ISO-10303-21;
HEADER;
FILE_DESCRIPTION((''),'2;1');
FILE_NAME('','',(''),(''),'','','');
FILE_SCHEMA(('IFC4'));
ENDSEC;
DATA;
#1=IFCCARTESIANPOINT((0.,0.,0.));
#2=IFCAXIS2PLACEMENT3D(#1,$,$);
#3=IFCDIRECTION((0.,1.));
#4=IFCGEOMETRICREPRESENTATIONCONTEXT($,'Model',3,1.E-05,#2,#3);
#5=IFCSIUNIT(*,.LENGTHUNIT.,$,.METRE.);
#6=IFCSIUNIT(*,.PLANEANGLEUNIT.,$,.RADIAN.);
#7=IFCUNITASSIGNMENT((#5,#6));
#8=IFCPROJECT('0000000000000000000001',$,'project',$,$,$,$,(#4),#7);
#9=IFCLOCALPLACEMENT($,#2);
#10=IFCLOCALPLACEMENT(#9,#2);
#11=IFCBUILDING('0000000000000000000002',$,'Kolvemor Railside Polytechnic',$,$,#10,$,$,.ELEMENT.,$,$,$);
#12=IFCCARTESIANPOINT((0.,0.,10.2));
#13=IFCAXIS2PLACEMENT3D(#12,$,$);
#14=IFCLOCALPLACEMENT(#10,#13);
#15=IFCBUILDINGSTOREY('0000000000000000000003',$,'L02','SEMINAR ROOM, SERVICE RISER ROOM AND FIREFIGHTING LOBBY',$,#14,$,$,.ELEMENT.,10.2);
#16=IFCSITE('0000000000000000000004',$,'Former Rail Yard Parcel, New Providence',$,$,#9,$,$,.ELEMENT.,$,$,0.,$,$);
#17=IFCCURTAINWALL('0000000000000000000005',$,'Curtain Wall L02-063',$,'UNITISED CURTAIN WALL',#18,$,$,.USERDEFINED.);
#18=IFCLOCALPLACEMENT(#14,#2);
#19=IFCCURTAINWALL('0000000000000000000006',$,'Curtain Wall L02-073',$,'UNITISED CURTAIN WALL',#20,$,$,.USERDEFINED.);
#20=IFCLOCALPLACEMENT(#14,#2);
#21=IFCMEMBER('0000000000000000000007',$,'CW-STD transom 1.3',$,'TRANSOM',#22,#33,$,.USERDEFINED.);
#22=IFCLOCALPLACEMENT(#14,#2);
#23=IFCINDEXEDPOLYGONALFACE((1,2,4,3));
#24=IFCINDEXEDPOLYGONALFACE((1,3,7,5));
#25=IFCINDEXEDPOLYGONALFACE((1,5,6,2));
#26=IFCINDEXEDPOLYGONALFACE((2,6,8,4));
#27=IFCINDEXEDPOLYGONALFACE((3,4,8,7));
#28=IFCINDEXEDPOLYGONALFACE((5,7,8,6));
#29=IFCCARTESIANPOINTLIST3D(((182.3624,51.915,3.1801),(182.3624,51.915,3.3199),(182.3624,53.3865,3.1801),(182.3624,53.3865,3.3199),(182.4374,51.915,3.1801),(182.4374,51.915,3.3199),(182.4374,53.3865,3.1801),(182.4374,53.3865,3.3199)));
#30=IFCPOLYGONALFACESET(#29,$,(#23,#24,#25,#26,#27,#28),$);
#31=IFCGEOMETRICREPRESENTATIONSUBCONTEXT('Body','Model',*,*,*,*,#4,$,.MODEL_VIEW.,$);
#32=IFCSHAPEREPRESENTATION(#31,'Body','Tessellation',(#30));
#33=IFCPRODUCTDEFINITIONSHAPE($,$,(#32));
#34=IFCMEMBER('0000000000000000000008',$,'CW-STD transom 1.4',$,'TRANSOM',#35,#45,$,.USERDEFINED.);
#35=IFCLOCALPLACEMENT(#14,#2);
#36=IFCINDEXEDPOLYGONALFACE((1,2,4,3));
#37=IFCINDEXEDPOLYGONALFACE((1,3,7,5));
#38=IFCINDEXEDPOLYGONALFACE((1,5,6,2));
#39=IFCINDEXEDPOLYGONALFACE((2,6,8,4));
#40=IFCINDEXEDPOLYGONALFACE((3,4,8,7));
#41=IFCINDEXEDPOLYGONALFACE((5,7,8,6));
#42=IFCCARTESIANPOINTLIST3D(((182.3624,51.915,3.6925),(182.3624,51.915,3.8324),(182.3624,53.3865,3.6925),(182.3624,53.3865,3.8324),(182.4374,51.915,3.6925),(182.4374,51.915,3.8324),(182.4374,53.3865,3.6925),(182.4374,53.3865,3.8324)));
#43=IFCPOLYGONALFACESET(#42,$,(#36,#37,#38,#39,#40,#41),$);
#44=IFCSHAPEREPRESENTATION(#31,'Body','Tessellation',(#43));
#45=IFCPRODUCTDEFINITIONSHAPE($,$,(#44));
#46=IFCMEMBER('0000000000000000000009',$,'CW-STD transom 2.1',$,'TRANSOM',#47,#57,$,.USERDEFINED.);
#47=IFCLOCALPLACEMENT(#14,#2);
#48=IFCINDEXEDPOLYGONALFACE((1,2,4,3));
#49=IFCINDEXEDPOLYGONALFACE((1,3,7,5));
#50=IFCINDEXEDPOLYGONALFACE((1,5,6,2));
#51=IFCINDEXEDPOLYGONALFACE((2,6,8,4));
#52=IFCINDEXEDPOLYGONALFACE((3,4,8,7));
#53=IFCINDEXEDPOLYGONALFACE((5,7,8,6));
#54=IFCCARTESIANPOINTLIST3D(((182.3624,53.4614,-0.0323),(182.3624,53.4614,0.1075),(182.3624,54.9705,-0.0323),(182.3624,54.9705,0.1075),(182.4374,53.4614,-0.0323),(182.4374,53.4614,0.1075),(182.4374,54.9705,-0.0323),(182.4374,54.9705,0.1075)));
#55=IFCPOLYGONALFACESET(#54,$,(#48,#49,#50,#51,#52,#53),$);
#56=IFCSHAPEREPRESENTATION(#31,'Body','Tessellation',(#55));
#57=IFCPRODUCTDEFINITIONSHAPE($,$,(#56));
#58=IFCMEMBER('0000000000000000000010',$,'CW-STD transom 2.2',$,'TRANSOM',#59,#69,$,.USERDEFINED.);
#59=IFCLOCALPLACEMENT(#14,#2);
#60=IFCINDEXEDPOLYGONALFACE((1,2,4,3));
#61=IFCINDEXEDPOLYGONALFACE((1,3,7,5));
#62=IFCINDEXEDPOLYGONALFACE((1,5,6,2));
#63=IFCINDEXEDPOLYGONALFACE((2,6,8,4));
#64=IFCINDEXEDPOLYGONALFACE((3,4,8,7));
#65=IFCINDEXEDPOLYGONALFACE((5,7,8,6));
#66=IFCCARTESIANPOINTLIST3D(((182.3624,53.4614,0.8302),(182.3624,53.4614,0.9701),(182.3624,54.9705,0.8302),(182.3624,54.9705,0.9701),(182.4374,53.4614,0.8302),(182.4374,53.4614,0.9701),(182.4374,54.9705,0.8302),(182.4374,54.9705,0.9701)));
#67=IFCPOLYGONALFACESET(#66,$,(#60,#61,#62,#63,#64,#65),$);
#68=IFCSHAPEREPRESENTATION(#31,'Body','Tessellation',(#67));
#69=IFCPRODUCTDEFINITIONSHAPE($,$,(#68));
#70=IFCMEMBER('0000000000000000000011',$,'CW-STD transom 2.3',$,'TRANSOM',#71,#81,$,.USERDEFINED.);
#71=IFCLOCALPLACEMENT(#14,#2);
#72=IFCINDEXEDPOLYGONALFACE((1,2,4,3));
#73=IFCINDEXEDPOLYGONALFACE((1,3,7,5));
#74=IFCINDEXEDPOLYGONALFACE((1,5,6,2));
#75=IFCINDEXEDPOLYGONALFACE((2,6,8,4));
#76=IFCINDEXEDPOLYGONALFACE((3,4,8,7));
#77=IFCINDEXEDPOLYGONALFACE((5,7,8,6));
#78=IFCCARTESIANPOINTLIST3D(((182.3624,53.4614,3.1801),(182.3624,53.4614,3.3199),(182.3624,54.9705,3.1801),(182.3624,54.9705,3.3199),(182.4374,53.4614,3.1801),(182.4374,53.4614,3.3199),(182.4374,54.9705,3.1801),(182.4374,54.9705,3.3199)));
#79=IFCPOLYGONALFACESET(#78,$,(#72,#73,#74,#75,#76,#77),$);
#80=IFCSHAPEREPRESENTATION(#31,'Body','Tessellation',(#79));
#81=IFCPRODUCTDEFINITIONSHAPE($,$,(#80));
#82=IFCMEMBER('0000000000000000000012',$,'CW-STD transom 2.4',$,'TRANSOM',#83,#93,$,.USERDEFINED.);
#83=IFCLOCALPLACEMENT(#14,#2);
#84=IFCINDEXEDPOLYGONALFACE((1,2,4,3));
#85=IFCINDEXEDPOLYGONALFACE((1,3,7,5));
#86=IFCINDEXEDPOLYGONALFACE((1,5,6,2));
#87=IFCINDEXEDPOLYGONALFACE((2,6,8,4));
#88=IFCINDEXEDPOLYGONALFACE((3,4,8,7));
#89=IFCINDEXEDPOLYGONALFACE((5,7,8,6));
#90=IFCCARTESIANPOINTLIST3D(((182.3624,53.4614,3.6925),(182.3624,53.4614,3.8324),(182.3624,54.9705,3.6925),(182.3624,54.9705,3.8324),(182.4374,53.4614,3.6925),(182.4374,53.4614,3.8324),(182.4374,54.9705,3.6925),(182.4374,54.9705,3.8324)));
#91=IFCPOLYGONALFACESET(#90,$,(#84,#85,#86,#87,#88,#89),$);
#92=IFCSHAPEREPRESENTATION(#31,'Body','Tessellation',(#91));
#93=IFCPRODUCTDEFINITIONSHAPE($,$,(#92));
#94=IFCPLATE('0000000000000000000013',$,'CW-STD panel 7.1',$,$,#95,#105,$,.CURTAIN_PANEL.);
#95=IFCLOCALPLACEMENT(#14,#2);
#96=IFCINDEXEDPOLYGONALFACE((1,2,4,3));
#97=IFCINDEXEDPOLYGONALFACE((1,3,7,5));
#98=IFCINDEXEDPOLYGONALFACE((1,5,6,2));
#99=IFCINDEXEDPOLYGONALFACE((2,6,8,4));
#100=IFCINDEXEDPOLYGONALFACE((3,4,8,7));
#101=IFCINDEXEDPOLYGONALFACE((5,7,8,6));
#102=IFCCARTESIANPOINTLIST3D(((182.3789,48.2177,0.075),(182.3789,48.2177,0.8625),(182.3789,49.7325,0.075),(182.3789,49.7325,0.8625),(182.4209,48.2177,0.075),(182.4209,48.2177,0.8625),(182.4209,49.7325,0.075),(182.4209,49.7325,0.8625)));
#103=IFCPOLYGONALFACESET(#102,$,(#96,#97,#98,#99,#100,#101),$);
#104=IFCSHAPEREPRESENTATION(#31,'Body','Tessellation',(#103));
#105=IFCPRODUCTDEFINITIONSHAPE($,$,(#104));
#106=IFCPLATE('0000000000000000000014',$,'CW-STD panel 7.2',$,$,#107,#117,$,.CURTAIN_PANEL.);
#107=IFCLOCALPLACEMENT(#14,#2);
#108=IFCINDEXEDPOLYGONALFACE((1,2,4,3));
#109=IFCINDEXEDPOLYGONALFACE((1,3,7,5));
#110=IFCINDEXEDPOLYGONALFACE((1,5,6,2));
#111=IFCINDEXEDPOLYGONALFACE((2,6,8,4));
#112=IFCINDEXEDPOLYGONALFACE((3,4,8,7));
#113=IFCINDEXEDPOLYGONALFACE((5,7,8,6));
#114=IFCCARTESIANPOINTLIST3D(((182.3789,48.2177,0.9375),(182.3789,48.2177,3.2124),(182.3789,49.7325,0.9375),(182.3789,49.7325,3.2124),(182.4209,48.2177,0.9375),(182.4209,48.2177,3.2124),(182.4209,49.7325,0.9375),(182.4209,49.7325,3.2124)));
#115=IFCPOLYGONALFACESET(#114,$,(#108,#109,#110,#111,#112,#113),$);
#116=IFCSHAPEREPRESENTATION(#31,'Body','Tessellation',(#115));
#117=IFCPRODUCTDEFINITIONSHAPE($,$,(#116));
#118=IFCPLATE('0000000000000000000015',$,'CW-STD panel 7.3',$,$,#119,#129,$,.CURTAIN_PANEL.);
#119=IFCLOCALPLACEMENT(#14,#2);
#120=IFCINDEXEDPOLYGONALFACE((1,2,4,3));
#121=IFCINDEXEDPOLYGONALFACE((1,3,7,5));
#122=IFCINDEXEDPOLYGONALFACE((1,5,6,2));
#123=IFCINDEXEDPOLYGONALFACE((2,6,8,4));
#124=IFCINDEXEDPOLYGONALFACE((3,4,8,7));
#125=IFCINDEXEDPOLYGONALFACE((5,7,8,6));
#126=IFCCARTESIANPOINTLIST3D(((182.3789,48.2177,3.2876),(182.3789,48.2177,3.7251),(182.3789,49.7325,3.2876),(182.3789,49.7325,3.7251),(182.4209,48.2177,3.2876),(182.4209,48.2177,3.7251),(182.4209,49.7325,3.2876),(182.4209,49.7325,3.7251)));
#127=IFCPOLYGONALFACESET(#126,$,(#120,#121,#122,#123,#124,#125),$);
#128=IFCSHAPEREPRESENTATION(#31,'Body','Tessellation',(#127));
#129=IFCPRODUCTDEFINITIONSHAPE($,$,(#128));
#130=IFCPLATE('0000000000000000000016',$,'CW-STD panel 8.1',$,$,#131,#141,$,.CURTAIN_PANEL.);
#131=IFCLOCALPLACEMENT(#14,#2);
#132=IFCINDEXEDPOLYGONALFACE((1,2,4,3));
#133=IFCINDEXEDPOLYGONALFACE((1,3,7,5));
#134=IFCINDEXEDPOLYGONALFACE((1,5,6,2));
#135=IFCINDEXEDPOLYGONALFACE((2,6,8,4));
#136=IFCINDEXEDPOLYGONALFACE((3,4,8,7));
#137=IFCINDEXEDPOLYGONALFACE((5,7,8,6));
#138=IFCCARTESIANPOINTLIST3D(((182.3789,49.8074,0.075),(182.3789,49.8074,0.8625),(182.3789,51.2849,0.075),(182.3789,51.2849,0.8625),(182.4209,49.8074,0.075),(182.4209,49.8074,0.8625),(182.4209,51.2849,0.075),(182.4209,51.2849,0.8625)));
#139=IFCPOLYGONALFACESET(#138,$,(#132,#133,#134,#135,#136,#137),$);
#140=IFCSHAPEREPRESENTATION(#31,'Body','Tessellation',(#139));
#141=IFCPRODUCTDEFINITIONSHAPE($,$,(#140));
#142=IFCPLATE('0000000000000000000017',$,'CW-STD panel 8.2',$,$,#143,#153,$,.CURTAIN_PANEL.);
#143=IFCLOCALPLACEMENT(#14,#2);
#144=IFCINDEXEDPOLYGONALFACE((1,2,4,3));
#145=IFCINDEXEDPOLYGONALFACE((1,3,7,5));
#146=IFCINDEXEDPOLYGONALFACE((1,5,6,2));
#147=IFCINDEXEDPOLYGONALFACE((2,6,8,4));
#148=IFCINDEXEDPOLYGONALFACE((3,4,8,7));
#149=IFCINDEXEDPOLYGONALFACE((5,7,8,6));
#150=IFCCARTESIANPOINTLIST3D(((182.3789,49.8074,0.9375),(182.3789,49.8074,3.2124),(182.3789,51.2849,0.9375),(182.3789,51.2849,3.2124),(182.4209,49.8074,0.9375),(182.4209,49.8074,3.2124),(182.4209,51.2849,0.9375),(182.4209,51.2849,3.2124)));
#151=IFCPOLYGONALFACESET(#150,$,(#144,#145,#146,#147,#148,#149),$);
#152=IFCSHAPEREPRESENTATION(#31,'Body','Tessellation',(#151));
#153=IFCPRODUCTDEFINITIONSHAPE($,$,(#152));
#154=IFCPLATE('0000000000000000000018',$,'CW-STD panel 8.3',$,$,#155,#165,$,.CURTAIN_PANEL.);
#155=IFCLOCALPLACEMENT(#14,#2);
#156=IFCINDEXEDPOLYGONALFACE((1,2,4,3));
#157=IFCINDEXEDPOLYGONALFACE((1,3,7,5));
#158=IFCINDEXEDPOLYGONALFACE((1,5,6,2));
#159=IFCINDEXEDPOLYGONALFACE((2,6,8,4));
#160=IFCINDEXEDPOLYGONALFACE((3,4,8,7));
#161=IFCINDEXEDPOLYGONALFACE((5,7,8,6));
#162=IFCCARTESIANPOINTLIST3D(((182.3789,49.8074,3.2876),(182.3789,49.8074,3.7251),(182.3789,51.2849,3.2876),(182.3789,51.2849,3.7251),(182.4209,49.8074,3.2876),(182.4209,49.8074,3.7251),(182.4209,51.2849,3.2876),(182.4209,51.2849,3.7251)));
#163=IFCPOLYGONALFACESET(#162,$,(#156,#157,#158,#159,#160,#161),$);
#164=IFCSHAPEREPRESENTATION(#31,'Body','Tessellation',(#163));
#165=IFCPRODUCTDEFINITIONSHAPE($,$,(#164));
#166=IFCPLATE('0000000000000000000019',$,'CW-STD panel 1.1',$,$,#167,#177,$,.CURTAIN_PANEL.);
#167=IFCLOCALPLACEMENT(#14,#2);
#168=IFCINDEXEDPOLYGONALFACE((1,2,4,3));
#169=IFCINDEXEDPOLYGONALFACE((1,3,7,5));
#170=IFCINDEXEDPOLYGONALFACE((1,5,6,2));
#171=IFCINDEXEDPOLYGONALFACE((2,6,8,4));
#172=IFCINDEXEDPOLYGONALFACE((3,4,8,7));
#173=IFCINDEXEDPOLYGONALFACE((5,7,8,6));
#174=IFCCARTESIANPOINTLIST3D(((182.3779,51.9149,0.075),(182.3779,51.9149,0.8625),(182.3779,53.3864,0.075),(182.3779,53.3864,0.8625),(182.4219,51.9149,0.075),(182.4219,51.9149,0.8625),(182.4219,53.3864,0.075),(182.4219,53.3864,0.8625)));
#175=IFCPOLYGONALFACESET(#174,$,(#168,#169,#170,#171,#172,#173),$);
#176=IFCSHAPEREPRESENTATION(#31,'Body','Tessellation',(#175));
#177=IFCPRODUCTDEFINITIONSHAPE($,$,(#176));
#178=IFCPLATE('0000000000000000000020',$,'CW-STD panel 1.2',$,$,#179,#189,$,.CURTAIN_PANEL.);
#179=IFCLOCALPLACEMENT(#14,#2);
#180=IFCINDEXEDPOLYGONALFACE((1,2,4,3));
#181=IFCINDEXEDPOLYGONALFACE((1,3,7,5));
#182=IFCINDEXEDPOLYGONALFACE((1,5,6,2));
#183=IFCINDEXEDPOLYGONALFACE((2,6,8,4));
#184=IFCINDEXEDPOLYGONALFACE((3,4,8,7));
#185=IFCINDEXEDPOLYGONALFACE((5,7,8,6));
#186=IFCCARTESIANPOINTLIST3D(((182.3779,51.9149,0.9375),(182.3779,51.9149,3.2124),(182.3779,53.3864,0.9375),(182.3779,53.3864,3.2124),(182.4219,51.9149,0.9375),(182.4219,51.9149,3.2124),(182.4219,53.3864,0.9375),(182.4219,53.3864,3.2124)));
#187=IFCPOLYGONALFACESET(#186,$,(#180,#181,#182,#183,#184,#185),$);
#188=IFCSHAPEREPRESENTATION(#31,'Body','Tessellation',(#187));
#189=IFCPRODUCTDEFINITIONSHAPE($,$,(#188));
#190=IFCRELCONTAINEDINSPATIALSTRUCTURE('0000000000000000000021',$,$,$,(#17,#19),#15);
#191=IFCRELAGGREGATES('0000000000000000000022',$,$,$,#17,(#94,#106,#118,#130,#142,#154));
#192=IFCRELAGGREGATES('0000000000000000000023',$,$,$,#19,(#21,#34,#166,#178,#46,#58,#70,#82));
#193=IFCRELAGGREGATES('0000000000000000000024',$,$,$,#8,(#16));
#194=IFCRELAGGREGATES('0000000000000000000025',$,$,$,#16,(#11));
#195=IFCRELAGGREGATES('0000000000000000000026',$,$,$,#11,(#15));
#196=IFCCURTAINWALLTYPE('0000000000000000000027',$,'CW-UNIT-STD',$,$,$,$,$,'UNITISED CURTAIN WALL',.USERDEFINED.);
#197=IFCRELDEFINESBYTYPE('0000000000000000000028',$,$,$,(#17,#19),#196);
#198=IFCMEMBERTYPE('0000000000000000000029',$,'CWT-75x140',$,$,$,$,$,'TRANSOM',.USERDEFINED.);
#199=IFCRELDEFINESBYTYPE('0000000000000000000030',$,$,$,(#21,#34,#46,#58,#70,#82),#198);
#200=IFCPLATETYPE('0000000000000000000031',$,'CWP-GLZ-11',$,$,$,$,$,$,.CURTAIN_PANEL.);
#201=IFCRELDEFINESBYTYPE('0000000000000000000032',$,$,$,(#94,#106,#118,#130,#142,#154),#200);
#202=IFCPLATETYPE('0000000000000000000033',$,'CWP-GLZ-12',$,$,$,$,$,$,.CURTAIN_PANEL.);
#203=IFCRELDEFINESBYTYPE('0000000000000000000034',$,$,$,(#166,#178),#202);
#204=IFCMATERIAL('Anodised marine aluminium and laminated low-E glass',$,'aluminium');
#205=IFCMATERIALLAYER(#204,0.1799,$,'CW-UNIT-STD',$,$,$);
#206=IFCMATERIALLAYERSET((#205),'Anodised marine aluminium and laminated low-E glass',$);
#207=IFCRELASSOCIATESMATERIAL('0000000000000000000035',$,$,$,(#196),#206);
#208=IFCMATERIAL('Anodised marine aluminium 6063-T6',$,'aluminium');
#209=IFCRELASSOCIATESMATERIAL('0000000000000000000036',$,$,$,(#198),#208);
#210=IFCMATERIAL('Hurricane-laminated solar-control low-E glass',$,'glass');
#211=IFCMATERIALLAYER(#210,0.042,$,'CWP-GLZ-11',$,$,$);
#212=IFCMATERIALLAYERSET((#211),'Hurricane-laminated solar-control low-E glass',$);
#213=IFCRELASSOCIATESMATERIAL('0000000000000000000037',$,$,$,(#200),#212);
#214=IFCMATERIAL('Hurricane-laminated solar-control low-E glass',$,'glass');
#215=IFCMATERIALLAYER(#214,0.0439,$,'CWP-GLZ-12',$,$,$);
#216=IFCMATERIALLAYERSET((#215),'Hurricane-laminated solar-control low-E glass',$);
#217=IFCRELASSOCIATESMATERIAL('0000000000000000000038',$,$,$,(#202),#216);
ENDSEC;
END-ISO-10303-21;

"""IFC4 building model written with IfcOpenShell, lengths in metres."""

from ifc_helpers import new_model, si_unit, direction, frame, origin, origin_2d, place, context, subcontext, project, spatial, rectangle, extrude, material, layer, layer_set, material_profile, profile_set, type_object, element, aggregate, save


model = new_model("IFC4")

# Units and contexts
model_context = context("Model", 3, precision=1e-05, world=origin(), true_north=direction((0.0, 1.0)))
body_context = subcontext(model_context, "Body", "Model", "MODEL_VIEW")
ifc_project = project(units=[si_unit("LENGTHUNIT", "METRE"), si_unit("PLANEANGLEUNIT", "RADIAN")], contexts=[model_context])

# Site, building, storey
site_placement = place(None, origin())
site = spatial("IfcSite", under=ifc_project, at=site_placement, Name="Former Rail Yard Parcel, New Providence", CompositionType="ELEMENT", RefElevation=0.0)
building_placement = place(site_placement, origin())
building = spatial("IfcBuilding", under=site, at=building_placement, Name="Kolvemor Railside Polytechnic", CompositionType="ELEMENT")
storey_placement = place(building_placement, frame((0.0, 0.0, 10.2)))
storey = spatial("IfcBuildingStorey", under=building, at=storey_placement, Name="L02", Description="SEMINAR ROOM, SERVICE RISER ROOM AND FIREFIGHTING LOBBY", CompositionType="ELEMENT", Elevation=10.2)

# Curtain walls
ifc_material_1 = material(Name="Anodised marine aluminium and laminated low-E glass", Category="aluminium")
ifc_layer_1 = layer(ifc_material_1, 0.1799, Name="CW-UNIT-STD")
ifc_layer_set_1 = layer_set([ifc_layer_1], Name="Anodised marine aluminium and laminated low-E glass")
curtain_wall_type = type_object("IfcCurtainWallType", Name="CW-UNIT-STD", ElementType="UNITISED CURTAIN WALL", PredefinedType="USERDEFINED", material=ifc_layer_set_1)
curtain_wall_1_placement = place(storey_placement, origin())
curtain_wall_1 = element("IfcCurtainWall", 1, at=curtain_wall_1_placement, inside=storey, type_object=curtain_wall_type, Name="Curtain Wall L02-063", ObjectType="UNITISED CURTAIN WALL", PredefinedType="USERDEFINED")
curtain_wall_2_placement = place(storey_placement, origin())
curtain_wall_2 = element("IfcCurtainWall", 2, at=curtain_wall_2_placement, inside=storey, type_object=curtain_wall_type, Name="Curtain Wall L02-073", ObjectType="UNITISED CURTAIN WALL", PredefinedType="USERDEFINED")

# Members
ifc_material_2 = material(Name="Anodised marine aluminium 6063-T6", Category="aluminium")
ifc_material_profile_1 = material_profile(ifc_material_2, rectangle(XDim=0.075, YDim=0.1399, at=origin_2d()), Name="CW-TRN-75x140")
ifc_profile_set_1 = profile_set([ifc_material_profile_1], Name="Anodised marine aluminium 6063-T6")
member_type_1 = type_object("IfcMemberType", Name="CWT-75x140", ElementType="TRANSOM", PredefinedType="USERDEFINED", material=ifc_profile_set_1)
member_1_placement = place(storey_placement, frame((182.3999, 51.915, 3.25), z_axis=(0.0, 1.0, 0.0), x_axis=(-1.0, 0.0, 0.0)))
member_1 = element("IfcMember", 3, at=member_1_placement, type_object=member_type_1, Name="CW-STD transom 1.3", ObjectType="TRANSOM", PredefinedType="USERDEFINED", context=body_context, shape_type="SweptSolid", body=[
    extrude(rectangle(XDim=0.075, YDim=0.1399, at=origin_2d()), origin(), (0.0, 0.0, 1.0), 1.4714),
])
member_2_placement = place(storey_placement, frame((182.3999, 51.915, 3.7625), z_axis=(0.0, 1.0, 0.0), x_axis=(-1.0, 0.0, 0.0)))
member_2 = element("IfcMember", 4, at=member_2_placement, type_object=member_type_1, Name="CW-STD transom 1.4", ObjectType="TRANSOM", PredefinedType="USERDEFINED", context=body_context, shape_type="SweptSolid", body=[
    extrude(rectangle(XDim=0.075, YDim=0.1399, at=origin_2d()), origin(), (0.0, 0.0, 1.0), 1.4714),
])
member_3_placement = place(storey_placement, frame((182.3999, 53.4614, 0.0376), z_axis=(0.0, 1.0, 0.0), x_axis=(-1.0, 0.0, 0.0)))
member_3 = element("IfcMember", 5, at=member_3_placement, type_object=member_type_1, Name="CW-STD transom 2.1", ObjectType="TRANSOM", PredefinedType="USERDEFINED", context=body_context, shape_type="SweptSolid", body=[
    extrude(rectangle(XDim=0.075, YDim=0.1399, at=origin_2d()), origin(), (0.0, 0.0, 1.0), 1.509),
])
member_4_placement = place(storey_placement, frame((182.3999, 53.4614, 0.9001), z_axis=(0.0, 1.0, 0.0), x_axis=(-1.0, 0.0, 0.0)))
member_4 = element("IfcMember", 6, at=member_4_placement, type_object=member_type_1, Name="CW-STD transom 2.2", ObjectType="TRANSOM", PredefinedType="USERDEFINED", context=body_context, shape_type="SweptSolid", body=[
    extrude(rectangle(XDim=0.075, YDim=0.1399, at=origin_2d()), origin(), (0.0, 0.0, 1.0), 1.509),
])
member_5_placement = place(storey_placement, frame((182.3999, 53.4614, 3.25), z_axis=(0.0, 1.0, 0.0), x_axis=(-1.0, 0.0, 0.0)))
member_5 = element("IfcMember", 7, at=member_5_placement, type_object=member_type_1, Name="CW-STD transom 2.3", ObjectType="TRANSOM", PredefinedType="USERDEFINED", context=body_context, shape_type="SweptSolid", body=[
    extrude(rectangle(XDim=0.075, YDim=0.1399, at=origin_2d()), origin(), (0.0, 0.0, 1.0), 1.509),
])
member_6_placement = place(storey_placement, frame((182.3999, 53.4614, 3.7625), z_axis=(0.0, 1.0, 0.0), x_axis=(-1.0, 0.0, 0.0)))
member_6 = element("IfcMember", 8, at=member_6_placement, type_object=member_type_1, Name="CW-STD transom 2.4", ObjectType="TRANSOM", PredefinedType="USERDEFINED", context=body_context, shape_type="SweptSolid", body=[
    extrude(rectangle(XDim=0.075, YDim=0.1399, at=origin_2d()), origin(), (0.0, 0.0, 1.0), 1.509),
])

# Plates
ifc_material_3 = material(Name="Hurricane-laminated solar-control low-E glass", Category="glass")
ifc_layer_2 = layer(ifc_material_3, 0.042, Name="CWP-GLZ-11")
ifc_layer_set_2 = layer_set([ifc_layer_2], Name="Hurricane-laminated solar-control low-E glass")
plate_type_1 = type_object("IfcPlateType", Name="CWP-GLZ-11", PredefinedType="CURTAIN_PANEL", material=ifc_layer_set_2)
plate_1_placement = place(storey_placement, frame((182.3999, 48.9751, 0.075), z_axis=(0.0, 0.0, 1.0), x_axis=(0.0, 1.0, 0.0)))
plate_1 = element("IfcPlate", 9, at=plate_1_placement, type_object=plate_type_1, Name="CW-STD panel 7.1", PredefinedType="CURTAIN_PANEL", context=body_context, shape_type="SweptSolid", body=[
    extrude(rectangle(XDim=1.5149, YDim=0.042, at=origin_2d()), origin(), (0.0, 0.0, 1.0), 0.7876),
])
plate_2_placement = place(storey_placement, frame((182.3999, 48.9751, 0.9375), z_axis=(0.0, 0.0, 1.0), x_axis=(0.0, 1.0, 0.0)))
plate_2 = element("IfcPlate", 10, at=plate_2_placement, type_object=plate_type_1, Name="CW-STD panel 7.2", PredefinedType="CURTAIN_PANEL", context=body_context, shape_type="SweptSolid", body=[
    extrude(rectangle(XDim=1.5149, YDim=0.042, at=origin_2d()), origin(), (0.0, 0.0, 1.0), 2.2749),
])
plate_3_placement = place(storey_placement, frame((182.3999, 48.9751, 3.2876), z_axis=(0.0, 0.0, 1.0), x_axis=(0.0, 1.0, 0.0)))
plate_3 = element("IfcPlate", 11, at=plate_3_placement, type_object=plate_type_1, Name="CW-STD panel 7.3", PredefinedType="CURTAIN_PANEL", context=body_context, shape_type="SweptSolid", body=[
    extrude(rectangle(XDim=1.5149, YDim=0.042, at=origin_2d()), origin(), (0.0, 0.0, 1.0), 0.4375),
])
plate_4_placement = place(storey_placement, frame((182.3999, 50.5461, 0.075), z_axis=(0.0, 0.0, 1.0), x_axis=(0.0, 1.0, 0.0)))
plate_4 = element("IfcPlate", 12, at=plate_4_placement, type_object=plate_type_1, Name="CW-STD panel 8.1", PredefinedType="CURTAIN_PANEL", context=body_context, shape_type="SweptSolid", body=[
    extrude(rectangle(XDim=1.4775, YDim=0.042, at=origin_2d()), origin(), (0.0, 0.0, 1.0), 0.7876),
])
plate_5_placement = place(storey_placement, frame((182.3999, 50.5461, 0.9375), z_axis=(0.0, 0.0, 1.0), x_axis=(0.0, 1.0, 0.0)))
plate_5 = element("IfcPlate", 13, at=plate_5_placement, type_object=plate_type_1, Name="CW-STD panel 8.2", PredefinedType="CURTAIN_PANEL", context=body_context, shape_type="SweptSolid", body=[
    extrude(rectangle(XDim=1.4775, YDim=0.042, at=origin_2d()), origin(), (0.0, 0.0, 1.0), 2.2749),
])
plate_6_placement = place(storey_placement, frame((182.3999, 50.5461, 3.2876), z_axis=(0.0, 0.0, 1.0), x_axis=(0.0, 1.0, 0.0)))
plate_6 = element("IfcPlate", 14, at=plate_6_placement, type_object=plate_type_1, Name="CW-STD panel 8.3", PredefinedType="CURTAIN_PANEL", context=body_context, shape_type="SweptSolid", body=[
    extrude(rectangle(XDim=1.4775, YDim=0.042, at=origin_2d()), origin(), (0.0, 0.0, 1.0), 0.4375),
])
aggregate(curtain_wall_1, [plate_1, plate_2, plate_3, plate_4, plate_5, plate_6])
ifc_material_4 = material(Name="Hurricane-laminated solar-control low-E glass", Category="glass")
ifc_layer_3 = layer(ifc_material_4, 0.0439, Name="CWP-GLZ-12")
ifc_layer_set_3 = layer_set([ifc_layer_3], Name="Hurricane-laminated solar-control low-E glass")
plate_type_2 = type_object("IfcPlateType", Name="CWP-GLZ-12", PredefinedType="CURTAIN_PANEL", material=ifc_layer_set_3)
plate_7_placement = place(storey_placement, frame((182.3999, 52.6506, 0.075), z_axis=(0.0, 0.0, 1.0), x_axis=(0.0, 1.0, 0.0)))
plate_7 = element("IfcPlate", 15, at=plate_7_placement, type_object=plate_type_2, Name="CW-STD panel 1.1", PredefinedType="CURTAIN_PANEL", context=body_context, shape_type="SweptSolid", body=[
    extrude(rectangle(XDim=1.4714, YDim=0.0439, at=origin_2d()), origin(), (0.0, 0.0, 1.0), 0.7876),
])
plate_8_placement = place(storey_placement, frame((182.3999, 52.6506, 0.9375), z_axis=(0.0, 0.0, 1.0), x_axis=(0.0, 1.0, 0.0)))
plate_8 = element("IfcPlate", 16, at=plate_8_placement, type_object=plate_type_2, Name="CW-STD panel 1.2", PredefinedType="CURTAIN_PANEL", context=body_context, shape_type="SweptSolid", body=[
    extrude(rectangle(XDim=1.4714, YDim=0.0439, at=origin_2d()), origin(), (0.0, 0.0, 1.0), 2.2749),
])
aggregate(curtain_wall_2, [member_1, member_2, plate_7, plate_8, member_3, member_4, member_5, member_6])

save(model, "model.ifc")
